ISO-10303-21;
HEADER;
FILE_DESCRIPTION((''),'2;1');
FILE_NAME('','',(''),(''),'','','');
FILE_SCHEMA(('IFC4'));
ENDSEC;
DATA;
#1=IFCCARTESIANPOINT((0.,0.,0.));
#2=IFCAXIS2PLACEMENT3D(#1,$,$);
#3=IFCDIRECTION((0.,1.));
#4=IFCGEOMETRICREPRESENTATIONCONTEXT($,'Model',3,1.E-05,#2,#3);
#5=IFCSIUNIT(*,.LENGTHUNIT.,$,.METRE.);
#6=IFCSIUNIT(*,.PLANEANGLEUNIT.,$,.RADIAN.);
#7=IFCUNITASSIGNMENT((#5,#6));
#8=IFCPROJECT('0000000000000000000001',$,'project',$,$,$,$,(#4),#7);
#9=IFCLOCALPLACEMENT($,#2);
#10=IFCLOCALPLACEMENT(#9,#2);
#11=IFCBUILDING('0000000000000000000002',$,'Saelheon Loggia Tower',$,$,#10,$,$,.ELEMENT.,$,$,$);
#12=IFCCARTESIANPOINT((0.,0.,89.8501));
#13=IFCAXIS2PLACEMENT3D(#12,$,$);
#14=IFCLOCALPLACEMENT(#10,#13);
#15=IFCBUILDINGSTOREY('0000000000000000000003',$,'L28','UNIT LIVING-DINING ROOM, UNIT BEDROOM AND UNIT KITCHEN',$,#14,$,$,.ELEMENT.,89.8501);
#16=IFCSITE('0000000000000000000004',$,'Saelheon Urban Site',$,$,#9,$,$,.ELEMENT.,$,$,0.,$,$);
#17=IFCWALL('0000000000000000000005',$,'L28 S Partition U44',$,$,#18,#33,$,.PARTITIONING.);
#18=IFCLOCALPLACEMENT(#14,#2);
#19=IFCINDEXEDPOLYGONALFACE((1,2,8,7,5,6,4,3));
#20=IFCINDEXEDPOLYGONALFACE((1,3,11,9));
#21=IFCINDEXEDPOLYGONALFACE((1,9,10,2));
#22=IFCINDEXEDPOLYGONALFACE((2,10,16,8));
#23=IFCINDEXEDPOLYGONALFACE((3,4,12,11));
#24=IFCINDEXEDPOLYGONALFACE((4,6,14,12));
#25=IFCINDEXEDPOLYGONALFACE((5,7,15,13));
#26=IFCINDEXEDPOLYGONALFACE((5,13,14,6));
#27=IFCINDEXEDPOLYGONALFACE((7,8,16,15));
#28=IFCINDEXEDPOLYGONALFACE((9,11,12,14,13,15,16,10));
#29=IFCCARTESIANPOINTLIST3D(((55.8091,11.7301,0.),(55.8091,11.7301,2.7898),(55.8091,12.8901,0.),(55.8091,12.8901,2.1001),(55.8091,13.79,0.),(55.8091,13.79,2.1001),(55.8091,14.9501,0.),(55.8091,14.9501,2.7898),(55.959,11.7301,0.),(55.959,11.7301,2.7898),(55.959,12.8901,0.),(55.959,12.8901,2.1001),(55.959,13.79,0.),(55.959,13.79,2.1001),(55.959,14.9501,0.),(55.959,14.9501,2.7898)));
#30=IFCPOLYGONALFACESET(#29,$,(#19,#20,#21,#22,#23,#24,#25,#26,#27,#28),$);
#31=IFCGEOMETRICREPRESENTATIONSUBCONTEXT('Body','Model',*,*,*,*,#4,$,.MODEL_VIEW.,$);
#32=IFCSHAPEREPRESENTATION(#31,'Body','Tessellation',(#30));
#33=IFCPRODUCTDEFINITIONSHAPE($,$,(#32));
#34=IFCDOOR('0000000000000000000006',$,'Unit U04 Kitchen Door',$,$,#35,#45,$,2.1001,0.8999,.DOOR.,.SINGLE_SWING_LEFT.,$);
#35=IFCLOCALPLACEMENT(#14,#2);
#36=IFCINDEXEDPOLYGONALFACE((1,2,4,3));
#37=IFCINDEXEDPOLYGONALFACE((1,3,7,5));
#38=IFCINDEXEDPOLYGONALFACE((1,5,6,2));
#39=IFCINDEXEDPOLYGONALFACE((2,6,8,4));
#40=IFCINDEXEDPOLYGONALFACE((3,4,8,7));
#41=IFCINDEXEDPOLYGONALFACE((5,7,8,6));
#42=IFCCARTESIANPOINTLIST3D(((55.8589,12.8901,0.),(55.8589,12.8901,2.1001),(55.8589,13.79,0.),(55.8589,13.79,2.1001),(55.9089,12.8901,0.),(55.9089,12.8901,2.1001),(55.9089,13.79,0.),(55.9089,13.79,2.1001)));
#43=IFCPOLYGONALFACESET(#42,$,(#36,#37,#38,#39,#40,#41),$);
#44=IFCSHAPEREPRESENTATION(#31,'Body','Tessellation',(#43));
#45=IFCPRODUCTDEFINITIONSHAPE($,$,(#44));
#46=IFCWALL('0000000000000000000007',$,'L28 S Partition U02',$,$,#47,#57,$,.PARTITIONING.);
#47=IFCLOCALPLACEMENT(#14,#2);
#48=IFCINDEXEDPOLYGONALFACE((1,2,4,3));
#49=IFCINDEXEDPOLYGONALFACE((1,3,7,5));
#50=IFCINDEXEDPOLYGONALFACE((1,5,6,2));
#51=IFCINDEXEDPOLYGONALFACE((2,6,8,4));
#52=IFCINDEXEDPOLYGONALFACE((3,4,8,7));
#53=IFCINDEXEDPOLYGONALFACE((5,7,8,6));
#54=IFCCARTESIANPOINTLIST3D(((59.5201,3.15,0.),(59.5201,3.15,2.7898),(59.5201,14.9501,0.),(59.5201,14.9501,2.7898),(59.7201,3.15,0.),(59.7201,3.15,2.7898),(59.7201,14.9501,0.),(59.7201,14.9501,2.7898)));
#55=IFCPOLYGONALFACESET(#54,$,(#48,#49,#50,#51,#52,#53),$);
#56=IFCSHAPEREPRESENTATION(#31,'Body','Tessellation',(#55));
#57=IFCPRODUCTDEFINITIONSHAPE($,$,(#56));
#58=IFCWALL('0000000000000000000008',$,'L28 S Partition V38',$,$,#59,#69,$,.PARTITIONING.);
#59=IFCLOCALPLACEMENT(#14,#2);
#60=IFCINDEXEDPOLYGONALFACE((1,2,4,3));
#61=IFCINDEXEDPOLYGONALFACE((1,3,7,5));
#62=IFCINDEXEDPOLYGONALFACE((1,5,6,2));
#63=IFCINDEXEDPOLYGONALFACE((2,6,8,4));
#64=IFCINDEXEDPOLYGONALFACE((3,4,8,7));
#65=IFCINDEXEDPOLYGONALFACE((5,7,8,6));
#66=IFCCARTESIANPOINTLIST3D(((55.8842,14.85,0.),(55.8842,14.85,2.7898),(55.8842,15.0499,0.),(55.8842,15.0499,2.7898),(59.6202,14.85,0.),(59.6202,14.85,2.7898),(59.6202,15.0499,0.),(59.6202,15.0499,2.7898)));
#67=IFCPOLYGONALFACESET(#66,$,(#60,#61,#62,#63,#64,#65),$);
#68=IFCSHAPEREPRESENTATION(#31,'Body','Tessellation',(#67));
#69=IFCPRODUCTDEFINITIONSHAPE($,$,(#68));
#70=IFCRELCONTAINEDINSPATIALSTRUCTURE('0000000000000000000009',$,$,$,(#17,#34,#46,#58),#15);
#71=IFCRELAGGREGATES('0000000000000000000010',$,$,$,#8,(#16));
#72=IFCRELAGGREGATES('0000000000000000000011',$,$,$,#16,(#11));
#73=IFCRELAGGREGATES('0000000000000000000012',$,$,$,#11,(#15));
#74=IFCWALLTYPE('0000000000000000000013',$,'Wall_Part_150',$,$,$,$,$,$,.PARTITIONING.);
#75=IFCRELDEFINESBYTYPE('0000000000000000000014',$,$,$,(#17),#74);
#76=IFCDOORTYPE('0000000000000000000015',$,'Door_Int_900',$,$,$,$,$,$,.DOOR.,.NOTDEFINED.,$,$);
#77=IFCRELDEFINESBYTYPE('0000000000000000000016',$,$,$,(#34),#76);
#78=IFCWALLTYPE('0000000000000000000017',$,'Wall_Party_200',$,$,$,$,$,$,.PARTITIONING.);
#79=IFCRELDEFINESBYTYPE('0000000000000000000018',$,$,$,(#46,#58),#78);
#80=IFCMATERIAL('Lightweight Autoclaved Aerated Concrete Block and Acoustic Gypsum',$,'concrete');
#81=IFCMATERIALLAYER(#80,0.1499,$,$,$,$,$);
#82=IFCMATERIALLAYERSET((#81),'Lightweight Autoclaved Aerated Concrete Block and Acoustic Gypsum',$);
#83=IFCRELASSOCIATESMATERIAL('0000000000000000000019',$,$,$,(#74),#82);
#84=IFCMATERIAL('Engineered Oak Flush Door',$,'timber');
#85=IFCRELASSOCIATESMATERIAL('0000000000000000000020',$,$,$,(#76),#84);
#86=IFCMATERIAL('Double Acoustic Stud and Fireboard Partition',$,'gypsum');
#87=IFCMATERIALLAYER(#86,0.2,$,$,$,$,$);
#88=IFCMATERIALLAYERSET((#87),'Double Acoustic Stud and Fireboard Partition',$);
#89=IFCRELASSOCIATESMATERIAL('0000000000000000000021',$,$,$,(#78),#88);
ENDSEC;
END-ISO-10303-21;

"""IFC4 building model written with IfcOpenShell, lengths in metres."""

from ifc_helpers import new_model, si_unit, direction, frame, frame_2d, origin, place, context, subcontext, project, spatial, rectangle, extrude, source, transform, mapped, material, layer, layer_set, type_object, element, fill, save


model = new_model("IFC4")

# Units and contexts
model_context = context("Model", 3, precision=1e-05, world=origin(), true_north=direction((0.0, 1.0)))
body_context = subcontext(model_context, "Body", "Model", "MODEL_VIEW")
ifc_project = project(units=[si_unit("LENGTHUNIT", "METRE"), si_unit("PLANEANGLEUNIT", "RADIAN")], contexts=[model_context])

# Site, building, storey
site_placement = place(None, origin())
site = spatial("IfcSite", under=ifc_project, at=site_placement, Name="Saelheon Urban Site", CompositionType="ELEMENT", RefElevation=0.0)
building_placement = place(site_placement, origin())
building = spatial("IfcBuilding", under=site, at=building_placement, Name="Saelheon Loggia Tower", CompositionType="ELEMENT")
storey_placement = place(building_placement, frame((0.0, 0.0, 89.8501)))
storey = spatial("IfcBuildingStorey", under=building, at=storey_placement, Name="L28", Description="UNIT LIVING-DINING ROOM, UNIT BEDROOM AND UNIT KITCHEN", CompositionType="ELEMENT", Elevation=89.8501)

# Wall, opening, door
ifc_material_1 = material(Name="Lightweight Autoclaved Aerated Concrete Block and Acoustic Gypsum", Category="concrete")
ifc_layer_1 = layer(ifc_material_1, 0.1499)
ifc_layer_set_1 = layer_set([ifc_layer_1], Name="Lightweight Autoclaved Aerated Concrete Block and Acoustic Gypsum")
wall_type_1 = type_object("IfcWallType", Name="Wall_Part_150", PredefinedType="PARTITIONING", material=ifc_layer_set_1)
wall_1_placement = place(storey_placement, frame((55.884, 14.95, 0.0), z_axis=(0.0, 0.0, 1.0), x_axis=(0.0, -1.0, 0.0)))
wall_1 = element("IfcWall", 1, at=wall_1_placement, inside=storey, type_object=wall_type_1, Name="L28 S Partition U44", PredefinedType="PARTITIONING", context=body_context, shape_type="SweptSolid", body=[
    extrude(rectangle(XDim=3.22, YDim=0.1499, at=frame_2d((1.6099, 0.0))), origin(), (0.0, 0.0, 1.0), 2.7898),
])
opening_1_placement = place(wall_1_placement, frame((1.1599, 0.0, 0.0)))
opening_1 = element("IfcOpeningElement", 2, at=opening_1_placement, cuts=wall_1, PredefinedType="OPENING", context=body_context, shape_type="SweptSolid", body=[
    extrude(rectangle(XDim=0.8999, YDim=2.1001, at=frame_2d((0.45, 1.05))), frame((0.0, 0.0869, 0.0), z_axis=(0.0, -1.0, 0.0), x_axis=(1.0, 0.0, 0.0)), (0.0, 0.0, 1.0), 0.1738),
])
ifc_material_2 = material(Name="Engineered Oak Flush Door", Category="timber")
door_type_1 = type_object("IfcDoorType", Name="Door_Int_900", OperationType="NOTDEFINED", PredefinedType="DOOR", material=ifc_material_2)
shared_shape_1 = source(origin(), body_context, "Body", "SweptSolid", [
    extrude(rectangle(XDim=0.8999, YDim=2.1001, at=frame_2d((0.45, 1.05))), frame((0.0, 0.0249, 0.0), z_axis=(0.0, -1.0, 0.0), x_axis=(1.0, 0.0, 0.0)), (0.0, 0.0, 1.0), 0.05),
])
door_1_placement = place(opening_1_placement, origin())
door_1 = element("IfcDoor", 3, at=door_1_placement, inside=storey, type_object=door_type_1, Name="Unit U04 Kitchen Door", OperationType="SINGLE_SWING_LEFT", OverallHeight=2.1001, OverallWidth=0.8999, PredefinedType="DOOR", context=body_context, shape_type="MappedRepresentation", body=[
    mapped(shared_shape_1, transform((0.0, 0.0, 0.0), scale=1.0)),
])
fill(opening_1, door_1)

# Walls
ifc_material_3 = material(Name="Double Acoustic Stud and Fireboard Partition", Category="gypsum")
ifc_layer_2 = layer(ifc_material_3, 0.2)
ifc_layer_set_2 = layer_set([ifc_layer_2], Name="Double Acoustic Stud and Fireboard Partition")
wall_type_2 = type_object("IfcWallType", Name="Wall_Party_200", PredefinedType="PARTITIONING", material=ifc_layer_set_2)
wall_2_placement = place(storey_placement, frame((59.6201, 14.95, 0.0), z_axis=(0.0, 0.0, 1.0), x_axis=(0.0, -1.0, 0.0)))
element("IfcWall", 4, at=wall_2_placement, inside=storey, type_object=wall_type_2, Name="L28 S Partition U02", PredefinedType="PARTITIONING", context=body_context, shape_type="SweptSolid", body=[
    extrude(rectangle(XDim=11.8, YDim=0.2, at=frame_2d((5.8999, 0.0))), origin(), (0.0, 0.0, 1.0), 2.7898),
])
wall_3_placement = place(storey_placement, frame((55.884, 14.95, 0.0), z_axis=(0.0, 0.0, 1.0), x_axis=(1.0, 0.0, 0.0)))
element("IfcWall", 5, at=wall_3_placement, inside=storey, type_object=wall_type_2, Name="L28 S Partition V38", PredefinedType="PARTITIONING", context=body_context, shape_type="SweptSolid", body=[
    extrude(rectangle(XDim=3.7361, YDim=0.2, at=frame_2d((1.8682, 0.0))), origin(), (0.0, 0.0, 1.0), 2.7898),
])

save(model, "model.ifc")
